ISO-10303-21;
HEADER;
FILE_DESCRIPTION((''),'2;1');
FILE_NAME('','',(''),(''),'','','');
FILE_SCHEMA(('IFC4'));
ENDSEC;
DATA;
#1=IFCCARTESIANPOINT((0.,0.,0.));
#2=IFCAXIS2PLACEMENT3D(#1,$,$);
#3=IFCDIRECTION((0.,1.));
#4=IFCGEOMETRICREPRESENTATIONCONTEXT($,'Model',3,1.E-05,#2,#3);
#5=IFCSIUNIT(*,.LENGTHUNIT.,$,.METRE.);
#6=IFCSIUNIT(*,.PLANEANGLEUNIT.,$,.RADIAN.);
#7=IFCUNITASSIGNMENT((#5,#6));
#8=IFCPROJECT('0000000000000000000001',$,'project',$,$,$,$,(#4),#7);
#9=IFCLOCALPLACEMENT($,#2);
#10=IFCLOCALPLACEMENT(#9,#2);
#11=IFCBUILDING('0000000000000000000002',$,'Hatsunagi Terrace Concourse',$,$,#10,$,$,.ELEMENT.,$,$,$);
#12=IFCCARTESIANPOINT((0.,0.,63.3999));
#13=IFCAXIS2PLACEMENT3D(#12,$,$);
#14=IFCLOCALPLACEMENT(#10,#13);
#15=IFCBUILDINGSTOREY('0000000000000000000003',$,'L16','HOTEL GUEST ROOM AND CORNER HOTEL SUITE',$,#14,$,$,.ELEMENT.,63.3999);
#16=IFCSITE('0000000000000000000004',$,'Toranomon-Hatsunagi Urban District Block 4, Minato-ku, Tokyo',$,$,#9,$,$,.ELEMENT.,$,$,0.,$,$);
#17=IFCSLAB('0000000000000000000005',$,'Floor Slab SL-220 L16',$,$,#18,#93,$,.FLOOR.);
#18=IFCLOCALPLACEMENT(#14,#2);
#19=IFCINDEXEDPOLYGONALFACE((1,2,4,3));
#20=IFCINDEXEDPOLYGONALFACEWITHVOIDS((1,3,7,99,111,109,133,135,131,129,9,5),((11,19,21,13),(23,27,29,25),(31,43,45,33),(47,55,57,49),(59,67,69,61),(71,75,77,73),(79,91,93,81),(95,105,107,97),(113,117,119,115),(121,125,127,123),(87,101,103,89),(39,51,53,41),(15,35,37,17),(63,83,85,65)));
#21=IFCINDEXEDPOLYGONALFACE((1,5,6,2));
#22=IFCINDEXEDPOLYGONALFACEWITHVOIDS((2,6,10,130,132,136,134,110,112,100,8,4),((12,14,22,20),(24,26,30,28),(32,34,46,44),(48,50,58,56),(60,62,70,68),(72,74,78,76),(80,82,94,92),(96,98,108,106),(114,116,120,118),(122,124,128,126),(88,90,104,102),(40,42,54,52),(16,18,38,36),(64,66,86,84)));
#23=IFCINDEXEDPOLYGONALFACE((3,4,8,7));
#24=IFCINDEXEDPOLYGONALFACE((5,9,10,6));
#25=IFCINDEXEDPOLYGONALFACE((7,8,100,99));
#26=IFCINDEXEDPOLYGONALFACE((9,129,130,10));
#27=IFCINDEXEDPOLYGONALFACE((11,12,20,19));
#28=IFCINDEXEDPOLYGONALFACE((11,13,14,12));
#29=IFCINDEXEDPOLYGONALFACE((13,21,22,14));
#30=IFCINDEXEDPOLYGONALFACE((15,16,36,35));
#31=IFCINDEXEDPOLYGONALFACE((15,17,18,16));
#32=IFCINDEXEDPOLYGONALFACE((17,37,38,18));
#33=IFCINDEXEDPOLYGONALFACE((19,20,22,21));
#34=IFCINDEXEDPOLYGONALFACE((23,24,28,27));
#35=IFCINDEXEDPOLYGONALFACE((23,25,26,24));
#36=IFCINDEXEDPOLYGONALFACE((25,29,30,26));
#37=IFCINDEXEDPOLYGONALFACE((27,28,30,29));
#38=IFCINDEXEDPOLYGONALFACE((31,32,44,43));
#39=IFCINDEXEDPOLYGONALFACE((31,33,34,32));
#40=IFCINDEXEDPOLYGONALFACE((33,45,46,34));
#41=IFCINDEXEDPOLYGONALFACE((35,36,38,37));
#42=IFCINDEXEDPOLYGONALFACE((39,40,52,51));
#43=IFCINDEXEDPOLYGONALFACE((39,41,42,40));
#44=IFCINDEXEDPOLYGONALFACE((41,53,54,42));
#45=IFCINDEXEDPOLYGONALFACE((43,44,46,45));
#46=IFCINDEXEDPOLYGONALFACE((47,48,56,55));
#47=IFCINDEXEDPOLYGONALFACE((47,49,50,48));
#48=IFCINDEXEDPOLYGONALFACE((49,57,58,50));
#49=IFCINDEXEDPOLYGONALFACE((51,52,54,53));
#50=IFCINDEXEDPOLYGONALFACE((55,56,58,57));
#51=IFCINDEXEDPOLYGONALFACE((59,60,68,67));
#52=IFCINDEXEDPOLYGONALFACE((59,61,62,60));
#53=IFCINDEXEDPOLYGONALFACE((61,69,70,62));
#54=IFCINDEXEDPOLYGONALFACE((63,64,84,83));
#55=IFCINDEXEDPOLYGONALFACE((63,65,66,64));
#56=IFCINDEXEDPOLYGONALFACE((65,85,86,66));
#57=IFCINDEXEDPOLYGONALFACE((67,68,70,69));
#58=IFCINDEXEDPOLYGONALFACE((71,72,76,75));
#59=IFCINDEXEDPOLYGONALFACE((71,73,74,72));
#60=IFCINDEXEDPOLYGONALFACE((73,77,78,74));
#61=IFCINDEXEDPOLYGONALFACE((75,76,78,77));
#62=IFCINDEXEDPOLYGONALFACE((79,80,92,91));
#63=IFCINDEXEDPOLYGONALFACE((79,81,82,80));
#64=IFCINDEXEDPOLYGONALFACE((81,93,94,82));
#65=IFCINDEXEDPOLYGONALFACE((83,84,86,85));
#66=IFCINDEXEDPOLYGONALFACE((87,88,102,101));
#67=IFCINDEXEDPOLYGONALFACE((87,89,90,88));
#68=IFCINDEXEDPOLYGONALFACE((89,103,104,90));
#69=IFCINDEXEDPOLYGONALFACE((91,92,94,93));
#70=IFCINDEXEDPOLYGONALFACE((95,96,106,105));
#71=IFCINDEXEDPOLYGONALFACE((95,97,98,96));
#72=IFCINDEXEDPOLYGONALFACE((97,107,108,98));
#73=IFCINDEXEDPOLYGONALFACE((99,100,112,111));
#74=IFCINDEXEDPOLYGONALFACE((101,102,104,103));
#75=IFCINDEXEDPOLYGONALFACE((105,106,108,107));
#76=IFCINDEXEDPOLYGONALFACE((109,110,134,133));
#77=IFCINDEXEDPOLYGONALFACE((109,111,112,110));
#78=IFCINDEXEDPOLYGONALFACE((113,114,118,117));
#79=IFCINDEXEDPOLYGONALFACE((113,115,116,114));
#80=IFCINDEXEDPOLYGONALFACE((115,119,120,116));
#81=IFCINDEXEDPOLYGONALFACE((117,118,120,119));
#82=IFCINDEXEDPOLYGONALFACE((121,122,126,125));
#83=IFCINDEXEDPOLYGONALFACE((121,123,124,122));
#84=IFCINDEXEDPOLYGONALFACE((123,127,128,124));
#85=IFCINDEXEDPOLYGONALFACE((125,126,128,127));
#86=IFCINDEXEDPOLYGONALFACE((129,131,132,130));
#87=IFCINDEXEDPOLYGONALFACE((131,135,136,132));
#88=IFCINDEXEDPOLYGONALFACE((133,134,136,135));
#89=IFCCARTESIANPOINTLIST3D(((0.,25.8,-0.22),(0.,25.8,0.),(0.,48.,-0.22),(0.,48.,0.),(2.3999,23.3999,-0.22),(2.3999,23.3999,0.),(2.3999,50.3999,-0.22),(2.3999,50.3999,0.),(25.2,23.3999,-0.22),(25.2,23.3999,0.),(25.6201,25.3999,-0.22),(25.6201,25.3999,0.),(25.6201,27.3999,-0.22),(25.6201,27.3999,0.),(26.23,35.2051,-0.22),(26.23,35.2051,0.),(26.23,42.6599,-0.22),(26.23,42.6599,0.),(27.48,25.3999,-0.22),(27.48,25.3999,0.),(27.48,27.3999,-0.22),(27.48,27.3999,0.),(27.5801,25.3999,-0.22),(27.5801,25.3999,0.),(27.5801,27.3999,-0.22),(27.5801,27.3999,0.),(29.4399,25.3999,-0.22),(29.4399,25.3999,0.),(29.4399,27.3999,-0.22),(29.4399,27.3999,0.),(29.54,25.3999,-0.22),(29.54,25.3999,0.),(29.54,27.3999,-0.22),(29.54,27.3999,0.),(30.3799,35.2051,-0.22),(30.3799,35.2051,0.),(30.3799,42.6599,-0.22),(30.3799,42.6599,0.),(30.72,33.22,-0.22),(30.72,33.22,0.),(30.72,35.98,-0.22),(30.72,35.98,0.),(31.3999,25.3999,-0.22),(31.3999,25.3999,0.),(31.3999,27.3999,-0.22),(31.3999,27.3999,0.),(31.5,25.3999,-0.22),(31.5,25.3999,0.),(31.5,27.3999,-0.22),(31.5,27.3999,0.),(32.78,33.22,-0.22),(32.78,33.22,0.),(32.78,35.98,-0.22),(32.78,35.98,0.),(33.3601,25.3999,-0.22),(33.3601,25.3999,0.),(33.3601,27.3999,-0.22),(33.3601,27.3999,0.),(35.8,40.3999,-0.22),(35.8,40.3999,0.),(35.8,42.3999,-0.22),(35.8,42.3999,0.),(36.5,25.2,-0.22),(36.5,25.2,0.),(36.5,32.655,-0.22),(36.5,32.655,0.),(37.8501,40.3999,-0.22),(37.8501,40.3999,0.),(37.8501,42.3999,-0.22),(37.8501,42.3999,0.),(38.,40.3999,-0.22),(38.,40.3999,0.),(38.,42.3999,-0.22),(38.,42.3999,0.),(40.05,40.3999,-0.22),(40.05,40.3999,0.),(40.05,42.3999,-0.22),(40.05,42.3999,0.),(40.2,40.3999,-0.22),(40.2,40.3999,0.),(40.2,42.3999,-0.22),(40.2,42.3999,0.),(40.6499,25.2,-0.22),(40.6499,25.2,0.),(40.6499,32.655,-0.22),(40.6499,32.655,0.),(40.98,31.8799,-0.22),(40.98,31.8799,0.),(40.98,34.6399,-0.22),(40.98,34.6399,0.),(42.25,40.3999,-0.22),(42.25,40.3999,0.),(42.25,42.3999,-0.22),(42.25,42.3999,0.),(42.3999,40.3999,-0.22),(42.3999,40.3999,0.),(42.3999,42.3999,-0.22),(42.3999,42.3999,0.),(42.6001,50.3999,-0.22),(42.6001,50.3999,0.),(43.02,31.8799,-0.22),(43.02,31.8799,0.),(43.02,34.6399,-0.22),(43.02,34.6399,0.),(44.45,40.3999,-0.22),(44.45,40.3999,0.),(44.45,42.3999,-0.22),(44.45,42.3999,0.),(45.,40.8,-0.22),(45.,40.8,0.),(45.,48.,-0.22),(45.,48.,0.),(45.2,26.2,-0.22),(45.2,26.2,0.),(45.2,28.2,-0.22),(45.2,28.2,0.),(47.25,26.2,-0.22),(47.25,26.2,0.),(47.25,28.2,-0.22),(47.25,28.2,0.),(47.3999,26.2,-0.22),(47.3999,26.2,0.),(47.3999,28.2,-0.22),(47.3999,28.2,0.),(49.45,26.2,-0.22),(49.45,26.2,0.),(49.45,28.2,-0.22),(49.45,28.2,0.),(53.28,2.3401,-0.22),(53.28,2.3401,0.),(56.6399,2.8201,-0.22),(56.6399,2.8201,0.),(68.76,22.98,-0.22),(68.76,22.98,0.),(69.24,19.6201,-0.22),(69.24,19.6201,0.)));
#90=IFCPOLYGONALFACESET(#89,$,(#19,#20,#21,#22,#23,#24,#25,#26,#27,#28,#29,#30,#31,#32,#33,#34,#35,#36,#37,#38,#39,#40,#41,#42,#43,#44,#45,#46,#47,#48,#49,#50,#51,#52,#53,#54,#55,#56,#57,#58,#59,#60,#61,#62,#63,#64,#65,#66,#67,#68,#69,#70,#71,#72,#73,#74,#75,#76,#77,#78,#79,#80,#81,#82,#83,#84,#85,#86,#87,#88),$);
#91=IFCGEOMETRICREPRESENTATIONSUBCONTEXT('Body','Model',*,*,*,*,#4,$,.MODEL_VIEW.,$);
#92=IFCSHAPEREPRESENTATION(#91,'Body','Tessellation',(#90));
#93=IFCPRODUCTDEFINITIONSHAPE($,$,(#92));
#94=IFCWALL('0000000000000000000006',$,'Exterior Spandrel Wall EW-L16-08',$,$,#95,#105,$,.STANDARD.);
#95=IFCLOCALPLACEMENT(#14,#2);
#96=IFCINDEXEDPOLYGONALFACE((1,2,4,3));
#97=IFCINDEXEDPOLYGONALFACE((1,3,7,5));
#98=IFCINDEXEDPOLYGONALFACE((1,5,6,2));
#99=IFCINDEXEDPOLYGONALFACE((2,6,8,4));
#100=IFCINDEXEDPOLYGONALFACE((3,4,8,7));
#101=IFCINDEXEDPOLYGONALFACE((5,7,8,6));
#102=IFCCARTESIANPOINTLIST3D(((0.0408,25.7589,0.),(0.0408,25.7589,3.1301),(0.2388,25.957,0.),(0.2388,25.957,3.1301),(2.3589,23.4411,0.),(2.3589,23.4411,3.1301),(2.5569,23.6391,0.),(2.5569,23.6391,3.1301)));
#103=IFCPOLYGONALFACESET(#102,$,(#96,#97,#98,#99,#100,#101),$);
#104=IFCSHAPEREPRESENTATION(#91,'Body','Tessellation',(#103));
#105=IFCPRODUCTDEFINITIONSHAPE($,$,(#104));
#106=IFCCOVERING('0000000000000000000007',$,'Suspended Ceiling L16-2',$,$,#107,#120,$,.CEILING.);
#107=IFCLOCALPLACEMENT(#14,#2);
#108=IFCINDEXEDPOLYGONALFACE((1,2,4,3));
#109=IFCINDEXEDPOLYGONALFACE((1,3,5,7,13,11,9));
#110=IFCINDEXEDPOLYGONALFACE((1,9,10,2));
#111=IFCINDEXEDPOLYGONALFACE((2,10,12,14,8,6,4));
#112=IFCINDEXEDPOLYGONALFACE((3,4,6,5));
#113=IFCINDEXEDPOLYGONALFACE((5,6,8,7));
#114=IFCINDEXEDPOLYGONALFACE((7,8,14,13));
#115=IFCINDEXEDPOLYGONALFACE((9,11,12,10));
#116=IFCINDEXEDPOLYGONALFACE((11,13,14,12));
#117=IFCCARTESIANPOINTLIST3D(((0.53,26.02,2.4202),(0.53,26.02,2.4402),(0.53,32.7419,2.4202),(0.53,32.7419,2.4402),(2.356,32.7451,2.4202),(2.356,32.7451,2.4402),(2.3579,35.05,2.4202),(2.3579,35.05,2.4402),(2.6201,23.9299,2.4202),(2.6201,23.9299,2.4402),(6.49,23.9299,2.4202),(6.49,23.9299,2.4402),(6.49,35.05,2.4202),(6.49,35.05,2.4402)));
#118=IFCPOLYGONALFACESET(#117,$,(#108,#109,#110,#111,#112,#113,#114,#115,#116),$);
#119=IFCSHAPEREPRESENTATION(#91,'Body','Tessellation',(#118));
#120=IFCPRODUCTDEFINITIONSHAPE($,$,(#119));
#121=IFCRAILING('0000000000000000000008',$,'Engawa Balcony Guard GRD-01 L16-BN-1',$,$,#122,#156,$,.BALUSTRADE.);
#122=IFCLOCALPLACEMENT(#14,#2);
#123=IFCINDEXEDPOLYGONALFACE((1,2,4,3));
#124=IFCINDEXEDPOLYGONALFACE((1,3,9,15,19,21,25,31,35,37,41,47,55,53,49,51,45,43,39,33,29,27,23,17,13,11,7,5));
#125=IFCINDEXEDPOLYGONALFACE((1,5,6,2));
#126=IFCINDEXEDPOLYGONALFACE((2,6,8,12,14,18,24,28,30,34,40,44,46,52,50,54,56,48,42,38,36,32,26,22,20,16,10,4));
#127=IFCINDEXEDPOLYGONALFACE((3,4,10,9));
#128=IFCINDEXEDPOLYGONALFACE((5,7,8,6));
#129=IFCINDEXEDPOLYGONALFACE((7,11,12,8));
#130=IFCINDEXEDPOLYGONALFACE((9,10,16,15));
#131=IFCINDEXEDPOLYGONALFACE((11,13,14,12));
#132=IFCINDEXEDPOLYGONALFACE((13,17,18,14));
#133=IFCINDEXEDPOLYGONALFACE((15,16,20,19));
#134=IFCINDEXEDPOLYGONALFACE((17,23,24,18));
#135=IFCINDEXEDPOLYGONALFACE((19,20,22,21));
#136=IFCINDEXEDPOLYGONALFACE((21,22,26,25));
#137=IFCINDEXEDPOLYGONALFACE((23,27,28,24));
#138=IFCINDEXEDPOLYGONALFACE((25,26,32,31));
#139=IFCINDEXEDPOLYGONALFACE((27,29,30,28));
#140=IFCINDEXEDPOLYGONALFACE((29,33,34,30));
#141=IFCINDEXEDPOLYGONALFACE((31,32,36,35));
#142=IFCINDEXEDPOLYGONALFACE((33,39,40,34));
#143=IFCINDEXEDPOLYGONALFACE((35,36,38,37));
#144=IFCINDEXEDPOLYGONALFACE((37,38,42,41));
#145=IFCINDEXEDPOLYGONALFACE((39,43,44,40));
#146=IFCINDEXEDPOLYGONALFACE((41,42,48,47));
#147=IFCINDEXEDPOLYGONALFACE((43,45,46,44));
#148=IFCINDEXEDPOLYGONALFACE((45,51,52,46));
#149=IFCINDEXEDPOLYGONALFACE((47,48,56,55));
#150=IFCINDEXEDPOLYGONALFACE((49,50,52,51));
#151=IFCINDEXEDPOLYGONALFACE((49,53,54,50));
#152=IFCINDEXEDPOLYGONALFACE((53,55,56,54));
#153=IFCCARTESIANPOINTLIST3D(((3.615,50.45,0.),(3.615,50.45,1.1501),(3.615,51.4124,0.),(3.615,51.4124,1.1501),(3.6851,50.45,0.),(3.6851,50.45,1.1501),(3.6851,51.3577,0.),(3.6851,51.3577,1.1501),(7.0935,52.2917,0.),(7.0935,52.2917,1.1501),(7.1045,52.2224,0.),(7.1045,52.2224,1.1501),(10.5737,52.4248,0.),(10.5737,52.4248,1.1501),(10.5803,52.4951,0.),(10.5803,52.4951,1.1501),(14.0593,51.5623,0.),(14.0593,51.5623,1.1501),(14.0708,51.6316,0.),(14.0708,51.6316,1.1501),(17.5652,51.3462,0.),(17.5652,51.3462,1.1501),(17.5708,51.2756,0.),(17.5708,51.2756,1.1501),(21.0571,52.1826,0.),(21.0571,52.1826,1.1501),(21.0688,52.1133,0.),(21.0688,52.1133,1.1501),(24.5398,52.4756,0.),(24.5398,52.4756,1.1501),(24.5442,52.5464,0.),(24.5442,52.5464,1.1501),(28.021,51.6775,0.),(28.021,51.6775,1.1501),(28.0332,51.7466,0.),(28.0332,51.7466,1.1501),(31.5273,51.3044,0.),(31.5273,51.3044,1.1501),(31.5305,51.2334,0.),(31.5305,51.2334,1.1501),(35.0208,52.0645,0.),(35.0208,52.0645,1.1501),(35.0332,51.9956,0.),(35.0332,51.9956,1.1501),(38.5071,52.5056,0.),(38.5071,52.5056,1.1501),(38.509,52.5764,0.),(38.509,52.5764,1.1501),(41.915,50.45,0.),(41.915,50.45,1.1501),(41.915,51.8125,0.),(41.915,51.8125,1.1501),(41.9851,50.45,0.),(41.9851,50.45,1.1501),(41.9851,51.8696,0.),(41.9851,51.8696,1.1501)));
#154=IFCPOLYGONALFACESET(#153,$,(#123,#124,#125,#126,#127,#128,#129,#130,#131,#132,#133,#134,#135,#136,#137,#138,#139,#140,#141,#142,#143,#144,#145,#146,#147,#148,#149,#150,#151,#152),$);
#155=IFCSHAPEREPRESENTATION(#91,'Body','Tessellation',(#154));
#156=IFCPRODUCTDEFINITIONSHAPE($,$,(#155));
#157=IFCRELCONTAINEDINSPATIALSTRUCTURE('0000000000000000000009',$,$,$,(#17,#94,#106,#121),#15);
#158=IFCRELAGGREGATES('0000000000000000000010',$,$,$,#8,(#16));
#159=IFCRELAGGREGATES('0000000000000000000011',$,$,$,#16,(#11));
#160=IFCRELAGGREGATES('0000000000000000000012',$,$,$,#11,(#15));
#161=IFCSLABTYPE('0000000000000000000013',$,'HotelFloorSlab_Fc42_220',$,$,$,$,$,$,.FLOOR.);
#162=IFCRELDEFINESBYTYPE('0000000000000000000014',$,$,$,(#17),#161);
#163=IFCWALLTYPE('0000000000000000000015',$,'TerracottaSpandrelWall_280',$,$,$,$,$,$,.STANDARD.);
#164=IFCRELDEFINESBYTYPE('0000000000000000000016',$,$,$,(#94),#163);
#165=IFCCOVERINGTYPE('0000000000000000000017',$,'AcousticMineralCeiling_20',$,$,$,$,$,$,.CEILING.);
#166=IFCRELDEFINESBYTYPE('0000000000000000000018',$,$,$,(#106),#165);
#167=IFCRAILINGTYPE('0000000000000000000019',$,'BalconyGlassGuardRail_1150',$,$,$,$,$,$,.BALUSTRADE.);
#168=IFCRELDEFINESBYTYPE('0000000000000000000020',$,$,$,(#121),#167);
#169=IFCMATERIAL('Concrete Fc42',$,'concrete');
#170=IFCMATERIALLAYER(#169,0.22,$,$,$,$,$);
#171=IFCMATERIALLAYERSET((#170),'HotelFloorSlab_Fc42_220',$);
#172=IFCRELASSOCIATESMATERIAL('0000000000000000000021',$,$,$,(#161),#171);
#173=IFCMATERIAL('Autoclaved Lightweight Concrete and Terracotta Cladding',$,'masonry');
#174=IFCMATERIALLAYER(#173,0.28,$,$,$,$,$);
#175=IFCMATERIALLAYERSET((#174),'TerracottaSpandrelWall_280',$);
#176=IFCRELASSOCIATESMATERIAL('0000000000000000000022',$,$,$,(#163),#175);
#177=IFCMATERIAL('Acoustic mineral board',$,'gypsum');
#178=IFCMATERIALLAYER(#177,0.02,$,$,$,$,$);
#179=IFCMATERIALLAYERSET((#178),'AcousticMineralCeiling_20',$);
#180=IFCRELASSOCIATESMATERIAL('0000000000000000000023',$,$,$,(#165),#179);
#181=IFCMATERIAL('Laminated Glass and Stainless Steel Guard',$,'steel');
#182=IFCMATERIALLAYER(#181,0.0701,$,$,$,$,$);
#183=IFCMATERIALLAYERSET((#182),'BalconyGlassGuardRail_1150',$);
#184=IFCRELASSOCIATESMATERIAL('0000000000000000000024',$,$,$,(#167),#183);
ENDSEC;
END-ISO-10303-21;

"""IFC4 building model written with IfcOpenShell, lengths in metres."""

from ifc_helpers import new_model, si_unit, direction, frame, frame_2d, origin, place, context, subcontext, project, spatial, polyline, rectangle, outline, extrude, material, layer, layer_set, type_object, element, save


model = new_model("IFC4")

# Units and contexts
model_context = context("Model", 3, precision=1e-05, world=origin(), true_north=direction((0.0, 1.0)))
body_context = subcontext(model_context, "Body", "Model", "MODEL_VIEW")
ifc_project = project(units=[si_unit("LENGTHUNIT", "METRE"), si_unit("PLANEANGLEUNIT", "RADIAN")], contexts=[model_context])

# Site, building, storey
site_placement = place(None, origin())
site = spatial("IfcSite", under=ifc_project, at=site_placement, Name="Toranomon-Hatsunagi Urban District Block 4, Minato-ku, Tokyo", CompositionType="ELEMENT", RefElevation=0.0)
building_placement = place(site_placement, origin())
building = spatial("IfcBuilding", under=site, at=building_placement, Name="Hatsunagi Terrace Concourse", CompositionType="ELEMENT")
storey_placement = place(building_placement, frame((0.0, 0.0, 63.3999)))
storey = spatial("IfcBuildingStorey", under=building, at=storey_placement, Name="L16", Description="HOTEL GUEST ROOM AND CORNER HOTEL SUITE", CompositionType="ELEMENT", Elevation=63.3999)

# Slab
ifc_material_1 = material(Name="Concrete Fc42", Category="concrete")
ifc_layer_1 = layer(ifc_material_1, 0.22)
ifc_layer_set_1 = layer_set([ifc_layer_1], Name="HotelFloorSlab_Fc42_220")
slab_type_1 = type_object("IfcSlabType", Name="HotelFloorSlab_Fc42_220", PredefinedType="FLOOR", material=ifc_layer_set_1)
slab_1_placement = place(storey_placement, frame((0.0, 0.0, -0.22)))
element("IfcSlab", 1, at=slab_1_placement, inside=storey, type_object=slab_type_1, Name="Floor Slab SL-220 L16", PredefinedType="FLOOR", context=body_context, shape_type="SweptSolid", body=[
    extrude(outline(polyline([(45.0, 40.8), (45.0, 48.0), (42.6001, 50.3999), (2.3999, 50.3999), (0.0, 48.0), (0.0, 25.8), (2.3999, 23.3999), (25.2, 23.3999), (53.28, 2.3401), (56.6399, 2.8201), (69.24, 19.6201), (68.76, 22.98), (45.0, 40.8)]), holes=[polyline([(26.23, 35.2051), (30.3799, 35.2051), (30.3799, 42.6599), (26.23, 42.6599), (26.23, 35.2051)]), polyline([(36.5, 25.2), (40.6499, 25.2), (40.6499, 32.655), (36.5, 32.655), (36.5, 25.2)]), polyline([(30.72, 33.22), (32.78, 33.22), (32.78, 35.98), (30.72, 35.98), (30.72, 33.22)]), polyline([(40.98, 31.8799), (43.02, 31.8799), (43.02, 34.6399), (40.98, 34.6399), (40.98, 31.8799)]), polyline([(25.6201, 25.3999), (27.48, 25.3999), (27.48, 27.3999), (25.6201, 27.3999), (25.6201, 25.3999)]), polyline([(27.5801, 25.3999), (29.4399, 25.3999), (29.4399, 27.3999), (27.5801, 27.3999), (27.5801, 25.3999)]), polyline([(29.54, 25.3999), (31.3999, 25.3999), (31.3999, 27.3999), (29.54, 27.3999), (29.54, 25.3999)]), polyline([(31.5, 25.3999), (33.3601, 25.3999), (33.3601, 27.3999), (31.5, 27.3999), (31.5, 25.3999)]), polyline([(35.8, 40.3999), (37.8501, 40.3999), (37.8501, 42.3999), (35.8, 42.3999), (35.8, 40.3999)]), polyline([(38.0, 40.3999), (40.05, 40.3999), (40.05, 42.3999), (38.0, 42.3999), (38.0, 40.3999)]), polyline([(40.2, 40.3999), (42.25, 40.3999), (42.25, 42.3999), (40.2, 42.3999), (40.2, 40.3999)]), polyline([(42.3999, 40.3999), (44.45, 40.3999), (44.45, 42.3999), (42.3999, 42.3999), (42.3999, 40.3999)]), polyline([(45.2, 26.2), (47.25, 26.2), (47.25, 28.2), (45.2, 28.2), (45.2, 26.2)]), polyline([(47.3999, 26.2), (49.45, 26.2), (49.45, 28.2), (47.3999, 28.2), (47.3999, 26.2)])]), origin(), (0.0, 0.0, 1.0), 0.22),
])

# Wall
ifc_material_2 = material(Name="Autoclaved Lightweight Concrete and Terracotta Cladding", Category="masonry")
ifc_layer_2 = layer(ifc_material_2, 0.28)
ifc_layer_set_2 = layer_set([ifc_layer_2], Name="TerracottaSpandrelWall_280")
wall_type = type_object("IfcWallType", Name="TerracottaSpandrelWall_280", PredefinedType="STANDARD", material=ifc_layer_set_2)
wall_placement = place(storey_placement, frame((2.458, 23.54, 0.0), z_axis=(0.0, 0.0, 1.0), x_axis=(-0.707144, 0.70707, 0.0)))
element("IfcWall", 2, at=wall_placement, inside=storey, type_object=wall_type, Name="Exterior Spandrel Wall EW-L16-08", PredefinedType="STANDARD", context=body_context, shape_type="SweptSolid", body=[
    extrude(rectangle(XDim=3.2781, YDim=0.28, at=frame_2d((1.6392, 0.0))), origin(), (0.0, 0.0, 1.0), 3.1301),
])

# Covering
ifc_material_3 = material(Name="Acoustic mineral board", Category="gypsum")
ifc_layer_3 = layer(ifc_material_3, 0.02)
ifc_layer_set_3 = layer_set([ifc_layer_3], Name="AcousticMineralCeiling_20")
covering_type_1 = type_object("IfcCoveringType", Name="AcousticMineralCeiling_20", PredefinedType="CEILING", material=ifc_layer_set_3)
covering_1_placement = place(storey_placement, frame((0.0, 0.0, 2.4202)))
element("IfcCovering", 3, at=covering_1_placement, inside=storey, type_object=covering_type_1, Name="Suspended Ceiling L16-2", PredefinedType="CEILING", context=body_context, shape_type="SweptSolid", body=[
    extrude(outline(polyline([(2.6201, 23.9299), (6.49, 23.9299), (6.49, 35.05), (2.3579, 35.05), (2.356, 32.7451), (0.53, 32.7419), (0.53, 26.02), (2.6201, 23.9299)])), origin(), (0.0, 0.0, 1.0), 0.02),
])

# Railing
ifc_material_4 = material(Name="Laminated Glass and Stainless Steel Guard", Category="steel")
ifc_layer_4 = layer(ifc_material_4, 0.0701)
ifc_layer_set_4 = layer_set([ifc_layer_4], Name="BalconyGlassGuardRail_1150")
railing_type = type_object("IfcRailingType", Name="BalconyGlassGuardRail_1150", PredefinedType="BALUSTRADE", material=ifc_layer_set_4)
railing_1_placement = place(storey_placement, origin())
element("IfcRailing", 4, at=railing_1_placement, inside=storey, type_object=railing_type, Name="Engawa Balcony Guard GRD-01 L16-BN-1", PredefinedType="BALUSTRADE", context=body_context, shape_type="SweptSolid", body=[
    extrude(outline(polyline([(3.615, 50.45), (3.6851, 50.45), (3.6851, 51.3577), (7.1045, 52.2224), (10.5737, 52.4248), (14.0593, 51.5623), (17.5708, 51.2756), (21.0688, 52.1133), (24.5398, 52.4756), (28.021, 51.6775), (31.5305, 51.2334), (35.0332, 51.9956), (38.5071, 52.5056), (41.915, 51.8125), (41.915, 50.45), (41.9851, 50.45), (41.9851, 51.8696), (38.509, 52.5764), (35.0208, 52.0645), (31.5273, 51.3044), (28.0332, 51.7466), (24.5442, 52.5464), (21.0571, 52.1826), (17.5652, 51.3462), (14.0708, 51.6316), (10.5803, 52.4951), (7.0935, 52.2917), (3.615, 51.4124), (3.615, 50.45)])), origin(), (0.0, 0.0, 1.0), 1.1501),
])

save(model, "model.ifc")
